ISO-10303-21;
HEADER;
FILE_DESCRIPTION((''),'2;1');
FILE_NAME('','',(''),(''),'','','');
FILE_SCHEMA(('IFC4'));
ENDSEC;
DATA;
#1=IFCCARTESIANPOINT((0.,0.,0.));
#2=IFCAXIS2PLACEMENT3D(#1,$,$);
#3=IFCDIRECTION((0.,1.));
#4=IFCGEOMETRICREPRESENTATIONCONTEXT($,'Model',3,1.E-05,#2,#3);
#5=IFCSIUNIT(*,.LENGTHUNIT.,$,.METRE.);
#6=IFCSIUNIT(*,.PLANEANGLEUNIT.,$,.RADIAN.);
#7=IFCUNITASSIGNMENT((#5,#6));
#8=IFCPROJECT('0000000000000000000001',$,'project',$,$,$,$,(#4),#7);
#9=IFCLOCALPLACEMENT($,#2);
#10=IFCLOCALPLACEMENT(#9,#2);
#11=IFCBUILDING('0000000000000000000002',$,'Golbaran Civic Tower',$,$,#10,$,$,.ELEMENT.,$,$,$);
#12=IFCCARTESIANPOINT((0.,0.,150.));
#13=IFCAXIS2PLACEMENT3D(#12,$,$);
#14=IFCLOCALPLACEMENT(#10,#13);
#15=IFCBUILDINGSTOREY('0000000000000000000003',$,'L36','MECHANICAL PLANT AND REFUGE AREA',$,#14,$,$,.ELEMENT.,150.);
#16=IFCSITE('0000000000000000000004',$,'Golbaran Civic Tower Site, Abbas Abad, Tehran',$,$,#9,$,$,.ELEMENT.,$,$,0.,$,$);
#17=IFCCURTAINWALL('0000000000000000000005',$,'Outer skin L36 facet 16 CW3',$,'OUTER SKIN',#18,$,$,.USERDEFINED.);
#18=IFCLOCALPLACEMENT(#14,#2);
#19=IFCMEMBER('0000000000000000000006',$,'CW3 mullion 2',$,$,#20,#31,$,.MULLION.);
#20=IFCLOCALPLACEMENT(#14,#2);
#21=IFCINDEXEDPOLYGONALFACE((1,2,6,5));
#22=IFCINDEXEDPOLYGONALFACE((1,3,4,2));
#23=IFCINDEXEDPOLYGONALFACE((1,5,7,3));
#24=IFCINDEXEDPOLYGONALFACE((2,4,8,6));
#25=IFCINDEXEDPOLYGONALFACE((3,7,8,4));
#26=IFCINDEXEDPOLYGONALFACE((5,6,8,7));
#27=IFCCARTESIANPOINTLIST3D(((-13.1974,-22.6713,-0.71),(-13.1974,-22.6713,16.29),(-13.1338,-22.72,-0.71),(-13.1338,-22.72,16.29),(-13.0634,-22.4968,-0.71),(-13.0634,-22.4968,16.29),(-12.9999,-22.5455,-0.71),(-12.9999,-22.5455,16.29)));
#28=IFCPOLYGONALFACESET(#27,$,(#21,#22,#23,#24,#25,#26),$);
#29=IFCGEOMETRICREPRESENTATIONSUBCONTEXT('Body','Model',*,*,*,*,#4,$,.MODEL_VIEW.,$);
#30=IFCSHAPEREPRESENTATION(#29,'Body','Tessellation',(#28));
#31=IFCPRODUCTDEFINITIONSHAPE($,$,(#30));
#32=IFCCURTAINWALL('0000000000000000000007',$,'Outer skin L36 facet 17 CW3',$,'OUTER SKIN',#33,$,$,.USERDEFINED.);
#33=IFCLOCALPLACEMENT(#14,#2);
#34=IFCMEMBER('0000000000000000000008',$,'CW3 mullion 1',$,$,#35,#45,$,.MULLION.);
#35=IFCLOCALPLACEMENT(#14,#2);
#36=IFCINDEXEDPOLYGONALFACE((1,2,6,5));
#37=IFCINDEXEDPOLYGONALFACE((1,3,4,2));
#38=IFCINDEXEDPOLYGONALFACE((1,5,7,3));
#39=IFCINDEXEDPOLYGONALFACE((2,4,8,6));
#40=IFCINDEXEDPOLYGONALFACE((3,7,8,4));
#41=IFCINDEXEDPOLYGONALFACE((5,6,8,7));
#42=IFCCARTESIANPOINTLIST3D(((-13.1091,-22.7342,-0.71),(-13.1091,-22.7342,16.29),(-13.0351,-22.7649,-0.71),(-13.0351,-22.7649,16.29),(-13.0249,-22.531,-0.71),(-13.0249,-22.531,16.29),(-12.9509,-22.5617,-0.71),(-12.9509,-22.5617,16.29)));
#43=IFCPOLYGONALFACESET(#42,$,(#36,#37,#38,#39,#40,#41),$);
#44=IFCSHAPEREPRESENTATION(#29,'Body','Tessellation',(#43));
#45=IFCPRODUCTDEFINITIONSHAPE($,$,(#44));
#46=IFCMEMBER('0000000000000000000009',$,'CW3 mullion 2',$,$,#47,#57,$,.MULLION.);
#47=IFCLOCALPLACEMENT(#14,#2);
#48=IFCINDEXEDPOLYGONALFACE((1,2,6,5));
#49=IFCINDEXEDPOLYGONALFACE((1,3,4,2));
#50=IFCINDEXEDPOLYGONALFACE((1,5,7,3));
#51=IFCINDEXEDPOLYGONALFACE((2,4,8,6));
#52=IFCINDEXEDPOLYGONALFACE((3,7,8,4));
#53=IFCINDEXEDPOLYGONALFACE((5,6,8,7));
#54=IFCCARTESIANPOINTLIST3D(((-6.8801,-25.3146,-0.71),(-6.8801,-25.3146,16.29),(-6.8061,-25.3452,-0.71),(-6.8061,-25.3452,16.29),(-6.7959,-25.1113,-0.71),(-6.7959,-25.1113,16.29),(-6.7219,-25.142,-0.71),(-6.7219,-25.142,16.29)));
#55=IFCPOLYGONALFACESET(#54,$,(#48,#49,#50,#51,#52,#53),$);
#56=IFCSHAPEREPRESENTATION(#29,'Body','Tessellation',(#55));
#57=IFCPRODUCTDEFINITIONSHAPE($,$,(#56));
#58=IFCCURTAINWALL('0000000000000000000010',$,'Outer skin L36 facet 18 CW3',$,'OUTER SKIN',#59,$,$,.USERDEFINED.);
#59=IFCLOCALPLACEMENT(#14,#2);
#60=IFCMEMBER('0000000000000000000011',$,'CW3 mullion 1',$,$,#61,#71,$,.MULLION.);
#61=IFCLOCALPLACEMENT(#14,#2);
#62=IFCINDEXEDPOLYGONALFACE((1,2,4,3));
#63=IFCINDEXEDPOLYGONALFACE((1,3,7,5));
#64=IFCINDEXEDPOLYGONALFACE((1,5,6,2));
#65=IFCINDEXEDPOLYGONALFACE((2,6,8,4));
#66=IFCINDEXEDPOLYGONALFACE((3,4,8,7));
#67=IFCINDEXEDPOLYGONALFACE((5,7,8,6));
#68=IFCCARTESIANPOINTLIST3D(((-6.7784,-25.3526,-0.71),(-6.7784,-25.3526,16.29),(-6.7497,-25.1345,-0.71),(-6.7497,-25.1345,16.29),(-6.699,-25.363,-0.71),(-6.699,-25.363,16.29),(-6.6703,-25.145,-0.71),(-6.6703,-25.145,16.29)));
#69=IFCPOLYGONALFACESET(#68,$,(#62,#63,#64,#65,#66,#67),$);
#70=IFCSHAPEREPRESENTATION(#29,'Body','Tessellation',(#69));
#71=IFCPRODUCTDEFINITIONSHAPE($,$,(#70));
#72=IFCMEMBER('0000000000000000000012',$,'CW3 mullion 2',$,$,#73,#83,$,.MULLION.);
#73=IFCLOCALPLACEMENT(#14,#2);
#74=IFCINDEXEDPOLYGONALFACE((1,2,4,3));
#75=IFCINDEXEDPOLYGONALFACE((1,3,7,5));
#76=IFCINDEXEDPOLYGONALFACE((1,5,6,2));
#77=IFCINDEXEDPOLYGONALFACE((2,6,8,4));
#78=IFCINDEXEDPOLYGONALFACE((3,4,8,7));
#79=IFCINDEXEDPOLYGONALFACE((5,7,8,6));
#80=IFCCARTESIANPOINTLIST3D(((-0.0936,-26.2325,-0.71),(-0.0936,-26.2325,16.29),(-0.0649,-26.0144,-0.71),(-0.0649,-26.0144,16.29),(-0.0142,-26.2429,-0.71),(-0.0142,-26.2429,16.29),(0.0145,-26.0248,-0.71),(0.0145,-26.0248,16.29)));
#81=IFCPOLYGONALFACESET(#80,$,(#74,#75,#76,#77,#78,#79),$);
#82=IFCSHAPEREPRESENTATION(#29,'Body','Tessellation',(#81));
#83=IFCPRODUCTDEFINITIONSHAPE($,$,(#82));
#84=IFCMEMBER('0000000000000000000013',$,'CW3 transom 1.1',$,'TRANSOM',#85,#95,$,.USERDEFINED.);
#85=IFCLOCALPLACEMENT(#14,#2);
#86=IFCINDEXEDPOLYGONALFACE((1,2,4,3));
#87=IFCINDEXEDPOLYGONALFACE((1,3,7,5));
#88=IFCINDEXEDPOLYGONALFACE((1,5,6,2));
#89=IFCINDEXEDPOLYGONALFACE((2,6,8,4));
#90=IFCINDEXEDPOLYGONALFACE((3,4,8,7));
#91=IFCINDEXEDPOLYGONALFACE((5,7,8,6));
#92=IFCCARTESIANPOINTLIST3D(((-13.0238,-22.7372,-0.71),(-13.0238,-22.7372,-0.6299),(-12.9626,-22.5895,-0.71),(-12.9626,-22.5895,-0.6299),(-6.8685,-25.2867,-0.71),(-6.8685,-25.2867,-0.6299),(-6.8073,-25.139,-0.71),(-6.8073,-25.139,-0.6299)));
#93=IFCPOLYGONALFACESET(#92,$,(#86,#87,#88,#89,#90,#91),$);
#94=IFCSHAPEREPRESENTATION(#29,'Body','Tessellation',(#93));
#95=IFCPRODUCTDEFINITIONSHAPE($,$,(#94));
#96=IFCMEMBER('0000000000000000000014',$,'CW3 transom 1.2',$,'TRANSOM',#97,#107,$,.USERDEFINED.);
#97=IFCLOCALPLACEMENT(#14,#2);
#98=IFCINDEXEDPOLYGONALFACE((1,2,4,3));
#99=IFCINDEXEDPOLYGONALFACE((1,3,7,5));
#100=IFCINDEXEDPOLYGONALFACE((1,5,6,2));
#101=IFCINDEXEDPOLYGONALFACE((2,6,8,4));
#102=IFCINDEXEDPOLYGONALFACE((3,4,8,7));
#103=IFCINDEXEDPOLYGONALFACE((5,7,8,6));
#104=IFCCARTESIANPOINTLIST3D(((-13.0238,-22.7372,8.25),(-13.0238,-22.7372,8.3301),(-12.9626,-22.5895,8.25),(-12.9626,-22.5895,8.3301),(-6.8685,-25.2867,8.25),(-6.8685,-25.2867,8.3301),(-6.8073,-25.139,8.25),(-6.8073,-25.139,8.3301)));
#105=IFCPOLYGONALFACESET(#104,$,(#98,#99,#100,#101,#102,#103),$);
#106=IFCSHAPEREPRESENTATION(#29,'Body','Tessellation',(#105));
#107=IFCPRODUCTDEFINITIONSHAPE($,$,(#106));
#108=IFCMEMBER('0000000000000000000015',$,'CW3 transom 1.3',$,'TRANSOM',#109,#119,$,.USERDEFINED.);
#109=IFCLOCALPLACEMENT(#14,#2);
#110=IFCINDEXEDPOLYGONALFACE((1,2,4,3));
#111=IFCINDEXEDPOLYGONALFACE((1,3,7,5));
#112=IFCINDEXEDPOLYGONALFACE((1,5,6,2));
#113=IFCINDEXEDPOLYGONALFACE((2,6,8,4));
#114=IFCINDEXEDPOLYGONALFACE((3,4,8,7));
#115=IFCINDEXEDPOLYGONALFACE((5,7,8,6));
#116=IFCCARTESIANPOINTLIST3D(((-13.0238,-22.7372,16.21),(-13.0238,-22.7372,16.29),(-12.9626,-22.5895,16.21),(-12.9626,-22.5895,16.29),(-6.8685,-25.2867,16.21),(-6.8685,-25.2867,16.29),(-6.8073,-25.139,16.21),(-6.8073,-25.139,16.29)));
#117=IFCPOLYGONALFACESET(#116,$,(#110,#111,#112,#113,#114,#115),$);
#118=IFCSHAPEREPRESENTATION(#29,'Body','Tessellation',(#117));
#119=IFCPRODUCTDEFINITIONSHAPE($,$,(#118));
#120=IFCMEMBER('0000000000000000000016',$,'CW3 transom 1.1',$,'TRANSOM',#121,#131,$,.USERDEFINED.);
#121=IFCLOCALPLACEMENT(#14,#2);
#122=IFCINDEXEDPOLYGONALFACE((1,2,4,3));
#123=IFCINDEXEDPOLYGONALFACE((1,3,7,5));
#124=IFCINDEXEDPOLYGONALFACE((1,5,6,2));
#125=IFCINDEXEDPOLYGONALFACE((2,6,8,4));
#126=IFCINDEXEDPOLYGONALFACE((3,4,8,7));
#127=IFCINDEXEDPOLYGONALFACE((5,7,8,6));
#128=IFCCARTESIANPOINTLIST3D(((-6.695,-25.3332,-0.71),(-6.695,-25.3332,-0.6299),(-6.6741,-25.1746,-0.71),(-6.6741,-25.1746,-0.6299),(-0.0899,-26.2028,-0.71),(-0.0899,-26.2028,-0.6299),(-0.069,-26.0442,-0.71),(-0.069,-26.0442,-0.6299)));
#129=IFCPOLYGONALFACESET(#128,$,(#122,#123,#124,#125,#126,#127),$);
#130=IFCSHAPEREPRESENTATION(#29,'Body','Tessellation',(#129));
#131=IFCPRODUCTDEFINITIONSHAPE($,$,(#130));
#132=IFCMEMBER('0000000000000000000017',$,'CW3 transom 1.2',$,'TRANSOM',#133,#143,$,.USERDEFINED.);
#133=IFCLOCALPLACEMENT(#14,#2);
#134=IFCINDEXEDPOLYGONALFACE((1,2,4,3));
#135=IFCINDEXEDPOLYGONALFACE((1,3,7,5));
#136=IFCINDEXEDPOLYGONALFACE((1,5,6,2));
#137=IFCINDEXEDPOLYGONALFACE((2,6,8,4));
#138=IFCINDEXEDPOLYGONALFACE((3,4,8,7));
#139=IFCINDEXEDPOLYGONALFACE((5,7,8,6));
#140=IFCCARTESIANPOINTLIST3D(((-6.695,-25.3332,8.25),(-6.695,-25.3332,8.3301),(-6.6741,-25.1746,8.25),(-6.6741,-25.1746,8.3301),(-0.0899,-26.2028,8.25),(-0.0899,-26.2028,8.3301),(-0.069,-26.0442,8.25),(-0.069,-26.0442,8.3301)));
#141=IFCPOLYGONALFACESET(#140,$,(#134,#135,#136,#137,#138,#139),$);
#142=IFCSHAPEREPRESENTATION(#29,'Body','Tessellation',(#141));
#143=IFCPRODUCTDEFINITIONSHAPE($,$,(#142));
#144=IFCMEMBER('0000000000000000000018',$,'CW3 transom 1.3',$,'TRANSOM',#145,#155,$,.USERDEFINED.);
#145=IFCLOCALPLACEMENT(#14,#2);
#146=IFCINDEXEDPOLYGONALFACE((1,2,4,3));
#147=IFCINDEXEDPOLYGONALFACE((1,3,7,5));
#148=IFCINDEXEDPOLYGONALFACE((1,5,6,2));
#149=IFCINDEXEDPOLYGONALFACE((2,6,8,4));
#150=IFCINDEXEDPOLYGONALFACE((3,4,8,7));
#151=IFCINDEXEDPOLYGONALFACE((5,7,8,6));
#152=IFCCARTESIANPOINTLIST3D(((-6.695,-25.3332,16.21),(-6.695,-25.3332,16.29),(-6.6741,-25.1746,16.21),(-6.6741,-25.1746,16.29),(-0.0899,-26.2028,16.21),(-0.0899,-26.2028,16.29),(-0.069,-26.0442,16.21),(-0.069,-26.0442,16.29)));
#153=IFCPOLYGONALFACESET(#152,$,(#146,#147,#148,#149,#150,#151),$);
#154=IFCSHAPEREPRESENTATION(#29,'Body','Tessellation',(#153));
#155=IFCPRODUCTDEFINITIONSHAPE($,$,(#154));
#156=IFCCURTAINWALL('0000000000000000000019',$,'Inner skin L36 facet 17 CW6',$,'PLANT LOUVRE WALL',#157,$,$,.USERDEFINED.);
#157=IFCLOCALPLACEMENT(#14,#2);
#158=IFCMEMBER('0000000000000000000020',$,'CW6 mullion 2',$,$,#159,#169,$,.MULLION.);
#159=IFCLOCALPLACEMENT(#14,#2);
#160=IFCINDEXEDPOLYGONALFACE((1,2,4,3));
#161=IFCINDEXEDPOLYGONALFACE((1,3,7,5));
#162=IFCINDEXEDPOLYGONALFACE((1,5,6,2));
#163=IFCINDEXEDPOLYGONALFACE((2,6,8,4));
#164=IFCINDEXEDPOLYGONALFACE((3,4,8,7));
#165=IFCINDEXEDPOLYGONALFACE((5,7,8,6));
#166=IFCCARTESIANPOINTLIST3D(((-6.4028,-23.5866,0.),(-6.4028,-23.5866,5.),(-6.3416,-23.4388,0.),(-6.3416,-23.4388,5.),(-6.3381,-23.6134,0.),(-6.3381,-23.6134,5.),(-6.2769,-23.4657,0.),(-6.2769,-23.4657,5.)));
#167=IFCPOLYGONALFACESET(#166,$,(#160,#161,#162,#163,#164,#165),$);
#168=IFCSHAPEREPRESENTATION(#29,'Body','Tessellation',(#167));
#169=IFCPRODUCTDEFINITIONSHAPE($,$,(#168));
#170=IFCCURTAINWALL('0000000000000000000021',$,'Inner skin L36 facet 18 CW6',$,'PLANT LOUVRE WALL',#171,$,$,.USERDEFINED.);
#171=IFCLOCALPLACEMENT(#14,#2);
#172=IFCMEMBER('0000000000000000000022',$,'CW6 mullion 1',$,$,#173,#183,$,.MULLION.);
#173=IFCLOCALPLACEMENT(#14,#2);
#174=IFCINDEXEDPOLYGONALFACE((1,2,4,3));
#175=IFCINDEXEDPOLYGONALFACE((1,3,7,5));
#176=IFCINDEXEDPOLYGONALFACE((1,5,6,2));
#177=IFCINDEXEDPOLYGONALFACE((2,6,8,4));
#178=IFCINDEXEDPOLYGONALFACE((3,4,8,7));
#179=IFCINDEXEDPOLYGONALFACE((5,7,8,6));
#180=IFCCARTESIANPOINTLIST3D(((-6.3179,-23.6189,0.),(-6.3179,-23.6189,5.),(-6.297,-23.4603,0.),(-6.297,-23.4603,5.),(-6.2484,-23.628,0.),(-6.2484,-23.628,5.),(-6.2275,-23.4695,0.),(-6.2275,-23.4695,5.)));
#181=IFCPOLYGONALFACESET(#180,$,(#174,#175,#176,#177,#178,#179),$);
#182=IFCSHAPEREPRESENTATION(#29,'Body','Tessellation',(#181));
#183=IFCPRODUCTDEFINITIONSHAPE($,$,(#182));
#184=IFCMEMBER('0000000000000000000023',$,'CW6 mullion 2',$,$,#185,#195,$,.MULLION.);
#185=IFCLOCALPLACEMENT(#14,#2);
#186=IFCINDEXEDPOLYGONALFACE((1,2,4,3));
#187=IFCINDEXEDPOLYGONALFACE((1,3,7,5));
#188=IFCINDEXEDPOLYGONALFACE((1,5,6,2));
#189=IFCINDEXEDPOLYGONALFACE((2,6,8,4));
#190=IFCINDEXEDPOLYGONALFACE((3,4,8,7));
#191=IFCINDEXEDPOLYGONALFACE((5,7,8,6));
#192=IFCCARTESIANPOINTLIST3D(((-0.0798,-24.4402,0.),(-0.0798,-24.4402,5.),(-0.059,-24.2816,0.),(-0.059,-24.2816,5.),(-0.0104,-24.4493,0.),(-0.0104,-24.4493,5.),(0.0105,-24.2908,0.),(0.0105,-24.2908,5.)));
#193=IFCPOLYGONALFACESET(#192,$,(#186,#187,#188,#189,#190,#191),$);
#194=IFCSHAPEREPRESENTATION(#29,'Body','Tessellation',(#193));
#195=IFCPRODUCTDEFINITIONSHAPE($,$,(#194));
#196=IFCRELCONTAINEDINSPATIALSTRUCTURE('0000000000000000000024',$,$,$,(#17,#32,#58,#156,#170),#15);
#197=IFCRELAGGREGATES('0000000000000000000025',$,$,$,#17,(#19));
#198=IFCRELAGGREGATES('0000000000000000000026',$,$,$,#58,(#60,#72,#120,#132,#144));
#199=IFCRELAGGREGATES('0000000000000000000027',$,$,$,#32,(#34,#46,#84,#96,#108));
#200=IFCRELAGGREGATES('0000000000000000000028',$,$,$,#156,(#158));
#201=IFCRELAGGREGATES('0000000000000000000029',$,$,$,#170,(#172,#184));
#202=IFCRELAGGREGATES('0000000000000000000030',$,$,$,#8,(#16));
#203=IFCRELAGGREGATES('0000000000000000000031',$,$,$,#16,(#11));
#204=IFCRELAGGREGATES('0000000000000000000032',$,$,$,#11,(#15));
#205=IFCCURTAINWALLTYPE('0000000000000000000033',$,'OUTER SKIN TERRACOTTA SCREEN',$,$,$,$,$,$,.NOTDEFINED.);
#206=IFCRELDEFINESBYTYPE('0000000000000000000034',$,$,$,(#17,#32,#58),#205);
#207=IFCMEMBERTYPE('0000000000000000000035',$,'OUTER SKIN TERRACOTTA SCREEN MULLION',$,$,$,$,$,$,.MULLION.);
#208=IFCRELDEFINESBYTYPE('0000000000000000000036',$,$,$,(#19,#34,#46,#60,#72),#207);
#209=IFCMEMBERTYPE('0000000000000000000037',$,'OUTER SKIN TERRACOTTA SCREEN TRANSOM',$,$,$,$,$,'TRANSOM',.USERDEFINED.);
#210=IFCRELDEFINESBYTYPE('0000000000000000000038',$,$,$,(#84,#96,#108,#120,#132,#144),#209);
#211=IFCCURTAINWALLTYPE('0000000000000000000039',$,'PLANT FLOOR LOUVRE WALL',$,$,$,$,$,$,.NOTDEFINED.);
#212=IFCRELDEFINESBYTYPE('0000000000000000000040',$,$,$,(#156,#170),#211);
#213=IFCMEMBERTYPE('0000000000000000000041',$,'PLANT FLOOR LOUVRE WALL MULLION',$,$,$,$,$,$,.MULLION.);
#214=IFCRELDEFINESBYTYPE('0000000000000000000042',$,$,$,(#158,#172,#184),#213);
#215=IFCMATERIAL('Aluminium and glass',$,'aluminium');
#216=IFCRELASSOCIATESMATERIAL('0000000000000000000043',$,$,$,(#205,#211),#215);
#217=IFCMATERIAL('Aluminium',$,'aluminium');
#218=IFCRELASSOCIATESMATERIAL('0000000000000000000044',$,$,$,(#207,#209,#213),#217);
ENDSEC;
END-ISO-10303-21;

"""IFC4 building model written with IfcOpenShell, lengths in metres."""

from ifc_helpers import new_model, si_unit, direction, frame, origin, origin_2d, place, context, subcontext, project, spatial, rectangle, extrude, material, material_profile, profile_set, type_object, element, aggregate, save


model = new_model("IFC4")

# Units and contexts
model_context = context("Model", 3, precision=1e-05, world=origin(), true_north=direction((0.0, 1.0)))
body_context = subcontext(model_context, "Body", "Model", "MODEL_VIEW")
ifc_project = project(units=[si_unit("LENGTHUNIT", "METRE"), si_unit("PLANEANGLEUNIT", "RADIAN")], contexts=[model_context])

# Site, building, storey
site_placement = place(None, origin())
site = spatial("IfcSite", under=ifc_project, at=site_placement, Name="Golbaran Civic Tower Site, Abbas Abad, Tehran", CompositionType="ELEMENT", RefElevation=0.0)
building_placement = place(site_placement, origin())
building = spatial("IfcBuilding", under=site, at=building_placement, Name="Golbaran Civic Tower", CompositionType="ELEMENT")
storey_placement = place(building_placement, frame((0.0, 0.0, 150.0)))
storey = spatial("IfcBuildingStorey", under=building, at=storey_placement, Name="L36", Description="MECHANICAL PLANT AND REFUGE AREA", CompositionType="ELEMENT", Elevation=150.0)

# Curtain wall, member
ifc_material_1 = material(Name="Aluminium and glass", Category="aluminium")
curtain_wall_type_1 = type_object("IfcCurtainWallType", Name="OUTER SKIN TERRACOTTA SCREEN", PredefinedType="NOTDEFINED", material=ifc_material_1)
curtain_wall_1_placement = place(storey_placement, origin())
curtain_wall_1 = element("IfcCurtainWall", 1, at=curtain_wall_1_placement, inside=storey, type_object=curtain_wall_type_1, Name="Outer skin L36 facet 16 CW3", ObjectType="OUTER SKIN", PredefinedType="USERDEFINED")
ifc_material_2 = material(Name="Aluminium", Category="aluminium")
ifc_material_profile_1 = material_profile(ifc_material_2, rectangle(XDim=0.22, YDim=0.0801, at=origin_2d()), Name="OUTER SKIN TERRACOTTA SCREEN MULLION")
ifc_profile_set_1 = profile_set([ifc_material_profile_1], Name="Aluminium")
member_type_1 = type_object("IfcMemberType", Name="OUTER SKIN TERRACOTTA SCREEN MULLION", PredefinedType="MULLION", material=ifc_profile_set_1)
member_1_placement = place(storey_placement, frame((-13.0986, -22.6084, -0.71), z_axis=(0.0, 0.0, 1.0), x_axis=(0.608761, 0.793353, 0.0)))
member_1 = element("IfcMember", 2, at=member_1_placement, type_object=member_type_1, Name="CW3 mullion 2", PredefinedType="MULLION", context=body_context, shape_type="SweptSolid", body=[
    extrude(rectangle(XDim=0.22, YDim=0.0801, at=origin_2d()), origin(), (0.0, 0.0, 1.0), 17.0),
])

# Curtain walls, members
curtain_wall_2_placement = place(storey_placement, origin())
curtain_wall_2 = element("IfcCurtainWall", 3, at=curtain_wall_2_placement, inside=storey, type_object=curtain_wall_type_1, Name="Outer skin L36 facet 17 CW3", ObjectType="OUTER SKIN", PredefinedType="USERDEFINED")
member_2_placement = place(storey_placement, frame((-13.03, -22.6479, -0.71), z_axis=(0.0, 0.0, 1.0), x_axis=(0.382683, 0.92388, 0.0)))
member_2 = element("IfcMember", 4, at=member_2_placement, type_object=member_type_1, Name="CW3 mullion 1", PredefinedType="MULLION", context=body_context, shape_type="SweptSolid", body=[
    extrude(rectangle(XDim=0.22, YDim=0.0801, at=origin_2d()), origin(), (0.0, 0.0, 1.0), 17.0),
])
member_3_placement = place(storey_placement, frame((-6.801, -25.2283, -0.71), z_axis=(0.0, 0.0, 1.0), x_axis=(0.382683, 0.92388, 0.0)))
member_3 = element("IfcMember", 5, at=member_3_placement, type_object=member_type_1, Name="CW3 mullion 2", PredefinedType="MULLION", context=body_context, shape_type="SweptSolid", body=[
    extrude(rectangle(XDim=0.22, YDim=0.0801, at=origin_2d()), origin(), (0.0, 0.0, 1.0), 17.0),
])
curtain_wall_3_placement = place(storey_placement, origin())
curtain_wall_3 = element("IfcCurtainWall", 6, at=curtain_wall_3_placement, inside=storey, type_object=curtain_wall_type_1, Name="Outer skin L36 facet 18 CW3", ObjectType="OUTER SKIN", PredefinedType="USERDEFINED")
member_4_placement = place(storey_placement, frame((-6.7244, -25.2488, -0.71), z_axis=(0.0, 0.0, 1.0), x_axis=(0.130526, 0.991445, 0.0)))
member_4 = element("IfcMember", 7, at=member_4_placement, type_object=member_type_1, Name="CW3 mullion 1", PredefinedType="MULLION", context=body_context, shape_type="SweptSolid", body=[
    extrude(rectangle(XDim=0.22, YDim=0.0801, at=origin_2d()), origin(), (0.0, 0.0, 1.0), 17.0),
])
member_5_placement = place(storey_placement, frame((-0.0396, -26.1287, -0.71), z_axis=(0.0, 0.0, 1.0), x_axis=(0.130526, 0.991445, 0.0)))
member_5 = element("IfcMember", 8, at=member_5_placement, type_object=member_type_1, Name="CW3 mullion 2", PredefinedType="MULLION", context=body_context, shape_type="SweptSolid", body=[
    extrude(rectangle(XDim=0.22, YDim=0.0801, at=origin_2d()), origin(), (0.0, 0.0, 1.0), 17.0),
])

# Members
ifc_material_profile_2 = material_profile(ifc_material_2, rectangle(XDim=0.1599, YDim=0.0801, at=origin_2d()), Name="OUTER SKIN TERRACOTTA SCREEN TRANSOM")
ifc_profile_set_2 = profile_set([ifc_material_profile_2], Name="Aluminium")
member_type_2 = type_object("IfcMemberType", Name="OUTER SKIN TERRACOTTA SCREEN TRANSOM", ElementType="TRANSOM", PredefinedType="USERDEFINED", material=ifc_profile_set_2)
member_6_placement = place(storey_placement, frame((-12.9932, -22.6633, -0.6699), z_axis=(0.923882, -0.382679, 0.0), x_axis=(0.382679, 0.923882, 0.0)))
member_6 = element("IfcMember", 9, at=member_6_placement, type_object=member_type_2, Name="CW3 transom 1.1", ObjectType="TRANSOM", PredefinedType="USERDEFINED", context=body_context, shape_type="SweptSolid", body=[
    extrude(rectangle(XDim=0.1599, YDim=0.0801, at=origin_2d()), origin(), (0.0, 0.0, 1.0), 6.6624),
])
member_7_placement = place(storey_placement, frame((-12.9932, -22.6633, 8.29), z_axis=(0.923882, -0.382679, 0.0), x_axis=(0.382679, 0.923882, 0.0)))
member_7 = element("IfcMember", 10, at=member_7_placement, type_object=member_type_2, Name="CW3 transom 1.2", ObjectType="TRANSOM", PredefinedType="USERDEFINED", context=body_context, shape_type="SweptSolid", body=[
    extrude(rectangle(XDim=0.1599, YDim=0.0801, at=origin_2d()), origin(), (0.0, 0.0, 1.0), 6.6624),
])
member_8_placement = place(storey_placement, frame((-12.9932, -22.6633, 16.25), z_axis=(0.923882, -0.382679, 0.0), x_axis=(0.382679, 0.923882, 0.0)))
member_8 = element("IfcMember", 11, at=member_8_placement, type_object=member_type_2, Name="CW3 transom 1.3", ObjectType="TRANSOM", PredefinedType="USERDEFINED", context=body_context, shape_type="SweptSolid", body=[
    extrude(rectangle(XDim=0.1599, YDim=0.0801, at=origin_2d()), origin(), (0.0, 0.0, 1.0), 6.6624),
])
member_9_placement = place(storey_placement, frame((-6.6846, -25.2539, -0.6699), z_axis=(0.991444, -0.130531, 0.0), x_axis=(0.130531, 0.991444, 0.0)))
member_9 = element("IfcMember", 12, at=member_9_placement, type_object=member_type_2, Name="CW3 transom 1.1", ObjectType="TRANSOM", PredefinedType="USERDEFINED", context=body_context, shape_type="SweptSolid", body=[
    extrude(rectangle(XDim=0.1599, YDim=0.0801, at=origin_2d()), origin(), (0.0, 0.0, 1.0), 6.6621),
])
member_10_placement = place(storey_placement, frame((-6.6846, -25.2539, 8.29), z_axis=(0.991444, -0.130531, 0.0), x_axis=(0.130531, 0.991444, 0.0)))
member_10 = element("IfcMember", 13, at=member_10_placement, type_object=member_type_2, Name="CW3 transom 1.2", ObjectType="TRANSOM", PredefinedType="USERDEFINED", context=body_context, shape_type="SweptSolid", body=[
    extrude(rectangle(XDim=0.1599, YDim=0.0801, at=origin_2d()), origin(), (0.0, 0.0, 1.0), 6.6621),
])
member_11_placement = place(storey_placement, frame((-6.6846, -25.2539, 16.25), z_axis=(0.991444, -0.130531, 0.0), x_axis=(0.130531, 0.991444, 0.0)))
member_11 = element("IfcMember", 14, at=member_11_placement, type_object=member_type_2, Name="CW3 transom 1.3", ObjectType="TRANSOM", PredefinedType="USERDEFINED", context=body_context, shape_type="SweptSolid", body=[
    extrude(rectangle(XDim=0.1599, YDim=0.0801, at=origin_2d()), origin(), (0.0, 0.0, 1.0), 6.6621),
])

# Curtain wall, member
curtain_wall_type_2 = type_object("IfcCurtainWallType", Name="PLANT FLOOR LOUVRE WALL", PredefinedType="NOTDEFINED", material=ifc_material_1)
curtain_wall_4_placement = place(storey_placement, origin())
curtain_wall_4 = element("IfcCurtainWall", 15, at=curtain_wall_4_placement, inside=storey, type_object=curtain_wall_type_2, Name="Inner skin L36 facet 17 CW6", ObjectType="PLANT LOUVRE WALL", PredefinedType="USERDEFINED")
ifc_material_profile_3 = material_profile(ifc_material_2, rectangle(XDim=0.1599, YDim=0.0701, at=origin_2d()), Name="PLANT FLOOR LOUVRE WALL MULLION")
ifc_profile_set_3 = profile_set([ifc_material_profile_3], Name="Aluminium")
member_type_3 = type_object("IfcMemberType", Name="PLANT FLOOR LOUVRE WALL MULLION", PredefinedType="MULLION", material=ifc_profile_set_3)
member_12_placement = place(storey_placement, frame((-6.3398, -23.5261, 0.0), z_axis=(0.0, 0.0, 1.0), x_axis=(0.382683, 0.92388, 0.0)))
member_12 = element("IfcMember", 16, at=member_12_placement, type_object=member_type_3, Name="CW6 mullion 2", PredefinedType="MULLION", context=body_context, shape_type="SweptSolid", body=[
    extrude(rectangle(XDim=0.1599, YDim=0.0701, at=origin_2d()), origin(), (0.0, 0.0, 1.0), 5.0),
])

# Curtain wall, members
curtain_wall_5_placement = place(storey_placement, origin())
curtain_wall_5 = element("IfcCurtainWall", 17, at=curtain_wall_5_placement, inside=storey, type_object=curtain_wall_type_2, Name="Inner skin L36 facet 18 CW6", ObjectType="PLANT LOUVRE WALL", PredefinedType="USERDEFINED")
member_13_placement = place(storey_placement, frame((-6.2727, -23.5442, 0.0), z_axis=(0.0, 0.0, 1.0), x_axis=(0.130526, 0.991445, 0.0)))
member_13 = element("IfcMember", 18, at=member_13_placement, type_object=member_type_3, Name="CW6 mullion 1", PredefinedType="MULLION", context=body_context, shape_type="SweptSolid", body=[
    extrude(rectangle(XDim=0.1599, YDim=0.0701, at=origin_2d()), origin(), (0.0, 0.0, 1.0), 5.0),
])
member_14_placement = place(storey_placement, frame((-0.0347, -24.3655, 0.0), z_axis=(0.0, 0.0, 1.0), x_axis=(0.130526, 0.991445, 0.0)))
member_14 = element("IfcMember", 19, at=member_14_placement, type_object=member_type_3, Name="CW6 mullion 2", PredefinedType="MULLION", context=body_context, shape_type="SweptSolid", body=[
    extrude(rectangle(XDim=0.1599, YDim=0.0701, at=origin_2d()), origin(), (0.0, 0.0, 1.0), 5.0),
])

aggregate(curtain_wall_1, [member_1])
aggregate(curtain_wall_3, [member_4, member_5, member_9, member_10, member_11])
aggregate(curtain_wall_2, [member_2, member_3, member_6, member_7, member_8])
aggregate(curtain_wall_4, [member_12])
aggregate(curtain_wall_5, [member_13, member_14])

save(model, "model.ifc")
